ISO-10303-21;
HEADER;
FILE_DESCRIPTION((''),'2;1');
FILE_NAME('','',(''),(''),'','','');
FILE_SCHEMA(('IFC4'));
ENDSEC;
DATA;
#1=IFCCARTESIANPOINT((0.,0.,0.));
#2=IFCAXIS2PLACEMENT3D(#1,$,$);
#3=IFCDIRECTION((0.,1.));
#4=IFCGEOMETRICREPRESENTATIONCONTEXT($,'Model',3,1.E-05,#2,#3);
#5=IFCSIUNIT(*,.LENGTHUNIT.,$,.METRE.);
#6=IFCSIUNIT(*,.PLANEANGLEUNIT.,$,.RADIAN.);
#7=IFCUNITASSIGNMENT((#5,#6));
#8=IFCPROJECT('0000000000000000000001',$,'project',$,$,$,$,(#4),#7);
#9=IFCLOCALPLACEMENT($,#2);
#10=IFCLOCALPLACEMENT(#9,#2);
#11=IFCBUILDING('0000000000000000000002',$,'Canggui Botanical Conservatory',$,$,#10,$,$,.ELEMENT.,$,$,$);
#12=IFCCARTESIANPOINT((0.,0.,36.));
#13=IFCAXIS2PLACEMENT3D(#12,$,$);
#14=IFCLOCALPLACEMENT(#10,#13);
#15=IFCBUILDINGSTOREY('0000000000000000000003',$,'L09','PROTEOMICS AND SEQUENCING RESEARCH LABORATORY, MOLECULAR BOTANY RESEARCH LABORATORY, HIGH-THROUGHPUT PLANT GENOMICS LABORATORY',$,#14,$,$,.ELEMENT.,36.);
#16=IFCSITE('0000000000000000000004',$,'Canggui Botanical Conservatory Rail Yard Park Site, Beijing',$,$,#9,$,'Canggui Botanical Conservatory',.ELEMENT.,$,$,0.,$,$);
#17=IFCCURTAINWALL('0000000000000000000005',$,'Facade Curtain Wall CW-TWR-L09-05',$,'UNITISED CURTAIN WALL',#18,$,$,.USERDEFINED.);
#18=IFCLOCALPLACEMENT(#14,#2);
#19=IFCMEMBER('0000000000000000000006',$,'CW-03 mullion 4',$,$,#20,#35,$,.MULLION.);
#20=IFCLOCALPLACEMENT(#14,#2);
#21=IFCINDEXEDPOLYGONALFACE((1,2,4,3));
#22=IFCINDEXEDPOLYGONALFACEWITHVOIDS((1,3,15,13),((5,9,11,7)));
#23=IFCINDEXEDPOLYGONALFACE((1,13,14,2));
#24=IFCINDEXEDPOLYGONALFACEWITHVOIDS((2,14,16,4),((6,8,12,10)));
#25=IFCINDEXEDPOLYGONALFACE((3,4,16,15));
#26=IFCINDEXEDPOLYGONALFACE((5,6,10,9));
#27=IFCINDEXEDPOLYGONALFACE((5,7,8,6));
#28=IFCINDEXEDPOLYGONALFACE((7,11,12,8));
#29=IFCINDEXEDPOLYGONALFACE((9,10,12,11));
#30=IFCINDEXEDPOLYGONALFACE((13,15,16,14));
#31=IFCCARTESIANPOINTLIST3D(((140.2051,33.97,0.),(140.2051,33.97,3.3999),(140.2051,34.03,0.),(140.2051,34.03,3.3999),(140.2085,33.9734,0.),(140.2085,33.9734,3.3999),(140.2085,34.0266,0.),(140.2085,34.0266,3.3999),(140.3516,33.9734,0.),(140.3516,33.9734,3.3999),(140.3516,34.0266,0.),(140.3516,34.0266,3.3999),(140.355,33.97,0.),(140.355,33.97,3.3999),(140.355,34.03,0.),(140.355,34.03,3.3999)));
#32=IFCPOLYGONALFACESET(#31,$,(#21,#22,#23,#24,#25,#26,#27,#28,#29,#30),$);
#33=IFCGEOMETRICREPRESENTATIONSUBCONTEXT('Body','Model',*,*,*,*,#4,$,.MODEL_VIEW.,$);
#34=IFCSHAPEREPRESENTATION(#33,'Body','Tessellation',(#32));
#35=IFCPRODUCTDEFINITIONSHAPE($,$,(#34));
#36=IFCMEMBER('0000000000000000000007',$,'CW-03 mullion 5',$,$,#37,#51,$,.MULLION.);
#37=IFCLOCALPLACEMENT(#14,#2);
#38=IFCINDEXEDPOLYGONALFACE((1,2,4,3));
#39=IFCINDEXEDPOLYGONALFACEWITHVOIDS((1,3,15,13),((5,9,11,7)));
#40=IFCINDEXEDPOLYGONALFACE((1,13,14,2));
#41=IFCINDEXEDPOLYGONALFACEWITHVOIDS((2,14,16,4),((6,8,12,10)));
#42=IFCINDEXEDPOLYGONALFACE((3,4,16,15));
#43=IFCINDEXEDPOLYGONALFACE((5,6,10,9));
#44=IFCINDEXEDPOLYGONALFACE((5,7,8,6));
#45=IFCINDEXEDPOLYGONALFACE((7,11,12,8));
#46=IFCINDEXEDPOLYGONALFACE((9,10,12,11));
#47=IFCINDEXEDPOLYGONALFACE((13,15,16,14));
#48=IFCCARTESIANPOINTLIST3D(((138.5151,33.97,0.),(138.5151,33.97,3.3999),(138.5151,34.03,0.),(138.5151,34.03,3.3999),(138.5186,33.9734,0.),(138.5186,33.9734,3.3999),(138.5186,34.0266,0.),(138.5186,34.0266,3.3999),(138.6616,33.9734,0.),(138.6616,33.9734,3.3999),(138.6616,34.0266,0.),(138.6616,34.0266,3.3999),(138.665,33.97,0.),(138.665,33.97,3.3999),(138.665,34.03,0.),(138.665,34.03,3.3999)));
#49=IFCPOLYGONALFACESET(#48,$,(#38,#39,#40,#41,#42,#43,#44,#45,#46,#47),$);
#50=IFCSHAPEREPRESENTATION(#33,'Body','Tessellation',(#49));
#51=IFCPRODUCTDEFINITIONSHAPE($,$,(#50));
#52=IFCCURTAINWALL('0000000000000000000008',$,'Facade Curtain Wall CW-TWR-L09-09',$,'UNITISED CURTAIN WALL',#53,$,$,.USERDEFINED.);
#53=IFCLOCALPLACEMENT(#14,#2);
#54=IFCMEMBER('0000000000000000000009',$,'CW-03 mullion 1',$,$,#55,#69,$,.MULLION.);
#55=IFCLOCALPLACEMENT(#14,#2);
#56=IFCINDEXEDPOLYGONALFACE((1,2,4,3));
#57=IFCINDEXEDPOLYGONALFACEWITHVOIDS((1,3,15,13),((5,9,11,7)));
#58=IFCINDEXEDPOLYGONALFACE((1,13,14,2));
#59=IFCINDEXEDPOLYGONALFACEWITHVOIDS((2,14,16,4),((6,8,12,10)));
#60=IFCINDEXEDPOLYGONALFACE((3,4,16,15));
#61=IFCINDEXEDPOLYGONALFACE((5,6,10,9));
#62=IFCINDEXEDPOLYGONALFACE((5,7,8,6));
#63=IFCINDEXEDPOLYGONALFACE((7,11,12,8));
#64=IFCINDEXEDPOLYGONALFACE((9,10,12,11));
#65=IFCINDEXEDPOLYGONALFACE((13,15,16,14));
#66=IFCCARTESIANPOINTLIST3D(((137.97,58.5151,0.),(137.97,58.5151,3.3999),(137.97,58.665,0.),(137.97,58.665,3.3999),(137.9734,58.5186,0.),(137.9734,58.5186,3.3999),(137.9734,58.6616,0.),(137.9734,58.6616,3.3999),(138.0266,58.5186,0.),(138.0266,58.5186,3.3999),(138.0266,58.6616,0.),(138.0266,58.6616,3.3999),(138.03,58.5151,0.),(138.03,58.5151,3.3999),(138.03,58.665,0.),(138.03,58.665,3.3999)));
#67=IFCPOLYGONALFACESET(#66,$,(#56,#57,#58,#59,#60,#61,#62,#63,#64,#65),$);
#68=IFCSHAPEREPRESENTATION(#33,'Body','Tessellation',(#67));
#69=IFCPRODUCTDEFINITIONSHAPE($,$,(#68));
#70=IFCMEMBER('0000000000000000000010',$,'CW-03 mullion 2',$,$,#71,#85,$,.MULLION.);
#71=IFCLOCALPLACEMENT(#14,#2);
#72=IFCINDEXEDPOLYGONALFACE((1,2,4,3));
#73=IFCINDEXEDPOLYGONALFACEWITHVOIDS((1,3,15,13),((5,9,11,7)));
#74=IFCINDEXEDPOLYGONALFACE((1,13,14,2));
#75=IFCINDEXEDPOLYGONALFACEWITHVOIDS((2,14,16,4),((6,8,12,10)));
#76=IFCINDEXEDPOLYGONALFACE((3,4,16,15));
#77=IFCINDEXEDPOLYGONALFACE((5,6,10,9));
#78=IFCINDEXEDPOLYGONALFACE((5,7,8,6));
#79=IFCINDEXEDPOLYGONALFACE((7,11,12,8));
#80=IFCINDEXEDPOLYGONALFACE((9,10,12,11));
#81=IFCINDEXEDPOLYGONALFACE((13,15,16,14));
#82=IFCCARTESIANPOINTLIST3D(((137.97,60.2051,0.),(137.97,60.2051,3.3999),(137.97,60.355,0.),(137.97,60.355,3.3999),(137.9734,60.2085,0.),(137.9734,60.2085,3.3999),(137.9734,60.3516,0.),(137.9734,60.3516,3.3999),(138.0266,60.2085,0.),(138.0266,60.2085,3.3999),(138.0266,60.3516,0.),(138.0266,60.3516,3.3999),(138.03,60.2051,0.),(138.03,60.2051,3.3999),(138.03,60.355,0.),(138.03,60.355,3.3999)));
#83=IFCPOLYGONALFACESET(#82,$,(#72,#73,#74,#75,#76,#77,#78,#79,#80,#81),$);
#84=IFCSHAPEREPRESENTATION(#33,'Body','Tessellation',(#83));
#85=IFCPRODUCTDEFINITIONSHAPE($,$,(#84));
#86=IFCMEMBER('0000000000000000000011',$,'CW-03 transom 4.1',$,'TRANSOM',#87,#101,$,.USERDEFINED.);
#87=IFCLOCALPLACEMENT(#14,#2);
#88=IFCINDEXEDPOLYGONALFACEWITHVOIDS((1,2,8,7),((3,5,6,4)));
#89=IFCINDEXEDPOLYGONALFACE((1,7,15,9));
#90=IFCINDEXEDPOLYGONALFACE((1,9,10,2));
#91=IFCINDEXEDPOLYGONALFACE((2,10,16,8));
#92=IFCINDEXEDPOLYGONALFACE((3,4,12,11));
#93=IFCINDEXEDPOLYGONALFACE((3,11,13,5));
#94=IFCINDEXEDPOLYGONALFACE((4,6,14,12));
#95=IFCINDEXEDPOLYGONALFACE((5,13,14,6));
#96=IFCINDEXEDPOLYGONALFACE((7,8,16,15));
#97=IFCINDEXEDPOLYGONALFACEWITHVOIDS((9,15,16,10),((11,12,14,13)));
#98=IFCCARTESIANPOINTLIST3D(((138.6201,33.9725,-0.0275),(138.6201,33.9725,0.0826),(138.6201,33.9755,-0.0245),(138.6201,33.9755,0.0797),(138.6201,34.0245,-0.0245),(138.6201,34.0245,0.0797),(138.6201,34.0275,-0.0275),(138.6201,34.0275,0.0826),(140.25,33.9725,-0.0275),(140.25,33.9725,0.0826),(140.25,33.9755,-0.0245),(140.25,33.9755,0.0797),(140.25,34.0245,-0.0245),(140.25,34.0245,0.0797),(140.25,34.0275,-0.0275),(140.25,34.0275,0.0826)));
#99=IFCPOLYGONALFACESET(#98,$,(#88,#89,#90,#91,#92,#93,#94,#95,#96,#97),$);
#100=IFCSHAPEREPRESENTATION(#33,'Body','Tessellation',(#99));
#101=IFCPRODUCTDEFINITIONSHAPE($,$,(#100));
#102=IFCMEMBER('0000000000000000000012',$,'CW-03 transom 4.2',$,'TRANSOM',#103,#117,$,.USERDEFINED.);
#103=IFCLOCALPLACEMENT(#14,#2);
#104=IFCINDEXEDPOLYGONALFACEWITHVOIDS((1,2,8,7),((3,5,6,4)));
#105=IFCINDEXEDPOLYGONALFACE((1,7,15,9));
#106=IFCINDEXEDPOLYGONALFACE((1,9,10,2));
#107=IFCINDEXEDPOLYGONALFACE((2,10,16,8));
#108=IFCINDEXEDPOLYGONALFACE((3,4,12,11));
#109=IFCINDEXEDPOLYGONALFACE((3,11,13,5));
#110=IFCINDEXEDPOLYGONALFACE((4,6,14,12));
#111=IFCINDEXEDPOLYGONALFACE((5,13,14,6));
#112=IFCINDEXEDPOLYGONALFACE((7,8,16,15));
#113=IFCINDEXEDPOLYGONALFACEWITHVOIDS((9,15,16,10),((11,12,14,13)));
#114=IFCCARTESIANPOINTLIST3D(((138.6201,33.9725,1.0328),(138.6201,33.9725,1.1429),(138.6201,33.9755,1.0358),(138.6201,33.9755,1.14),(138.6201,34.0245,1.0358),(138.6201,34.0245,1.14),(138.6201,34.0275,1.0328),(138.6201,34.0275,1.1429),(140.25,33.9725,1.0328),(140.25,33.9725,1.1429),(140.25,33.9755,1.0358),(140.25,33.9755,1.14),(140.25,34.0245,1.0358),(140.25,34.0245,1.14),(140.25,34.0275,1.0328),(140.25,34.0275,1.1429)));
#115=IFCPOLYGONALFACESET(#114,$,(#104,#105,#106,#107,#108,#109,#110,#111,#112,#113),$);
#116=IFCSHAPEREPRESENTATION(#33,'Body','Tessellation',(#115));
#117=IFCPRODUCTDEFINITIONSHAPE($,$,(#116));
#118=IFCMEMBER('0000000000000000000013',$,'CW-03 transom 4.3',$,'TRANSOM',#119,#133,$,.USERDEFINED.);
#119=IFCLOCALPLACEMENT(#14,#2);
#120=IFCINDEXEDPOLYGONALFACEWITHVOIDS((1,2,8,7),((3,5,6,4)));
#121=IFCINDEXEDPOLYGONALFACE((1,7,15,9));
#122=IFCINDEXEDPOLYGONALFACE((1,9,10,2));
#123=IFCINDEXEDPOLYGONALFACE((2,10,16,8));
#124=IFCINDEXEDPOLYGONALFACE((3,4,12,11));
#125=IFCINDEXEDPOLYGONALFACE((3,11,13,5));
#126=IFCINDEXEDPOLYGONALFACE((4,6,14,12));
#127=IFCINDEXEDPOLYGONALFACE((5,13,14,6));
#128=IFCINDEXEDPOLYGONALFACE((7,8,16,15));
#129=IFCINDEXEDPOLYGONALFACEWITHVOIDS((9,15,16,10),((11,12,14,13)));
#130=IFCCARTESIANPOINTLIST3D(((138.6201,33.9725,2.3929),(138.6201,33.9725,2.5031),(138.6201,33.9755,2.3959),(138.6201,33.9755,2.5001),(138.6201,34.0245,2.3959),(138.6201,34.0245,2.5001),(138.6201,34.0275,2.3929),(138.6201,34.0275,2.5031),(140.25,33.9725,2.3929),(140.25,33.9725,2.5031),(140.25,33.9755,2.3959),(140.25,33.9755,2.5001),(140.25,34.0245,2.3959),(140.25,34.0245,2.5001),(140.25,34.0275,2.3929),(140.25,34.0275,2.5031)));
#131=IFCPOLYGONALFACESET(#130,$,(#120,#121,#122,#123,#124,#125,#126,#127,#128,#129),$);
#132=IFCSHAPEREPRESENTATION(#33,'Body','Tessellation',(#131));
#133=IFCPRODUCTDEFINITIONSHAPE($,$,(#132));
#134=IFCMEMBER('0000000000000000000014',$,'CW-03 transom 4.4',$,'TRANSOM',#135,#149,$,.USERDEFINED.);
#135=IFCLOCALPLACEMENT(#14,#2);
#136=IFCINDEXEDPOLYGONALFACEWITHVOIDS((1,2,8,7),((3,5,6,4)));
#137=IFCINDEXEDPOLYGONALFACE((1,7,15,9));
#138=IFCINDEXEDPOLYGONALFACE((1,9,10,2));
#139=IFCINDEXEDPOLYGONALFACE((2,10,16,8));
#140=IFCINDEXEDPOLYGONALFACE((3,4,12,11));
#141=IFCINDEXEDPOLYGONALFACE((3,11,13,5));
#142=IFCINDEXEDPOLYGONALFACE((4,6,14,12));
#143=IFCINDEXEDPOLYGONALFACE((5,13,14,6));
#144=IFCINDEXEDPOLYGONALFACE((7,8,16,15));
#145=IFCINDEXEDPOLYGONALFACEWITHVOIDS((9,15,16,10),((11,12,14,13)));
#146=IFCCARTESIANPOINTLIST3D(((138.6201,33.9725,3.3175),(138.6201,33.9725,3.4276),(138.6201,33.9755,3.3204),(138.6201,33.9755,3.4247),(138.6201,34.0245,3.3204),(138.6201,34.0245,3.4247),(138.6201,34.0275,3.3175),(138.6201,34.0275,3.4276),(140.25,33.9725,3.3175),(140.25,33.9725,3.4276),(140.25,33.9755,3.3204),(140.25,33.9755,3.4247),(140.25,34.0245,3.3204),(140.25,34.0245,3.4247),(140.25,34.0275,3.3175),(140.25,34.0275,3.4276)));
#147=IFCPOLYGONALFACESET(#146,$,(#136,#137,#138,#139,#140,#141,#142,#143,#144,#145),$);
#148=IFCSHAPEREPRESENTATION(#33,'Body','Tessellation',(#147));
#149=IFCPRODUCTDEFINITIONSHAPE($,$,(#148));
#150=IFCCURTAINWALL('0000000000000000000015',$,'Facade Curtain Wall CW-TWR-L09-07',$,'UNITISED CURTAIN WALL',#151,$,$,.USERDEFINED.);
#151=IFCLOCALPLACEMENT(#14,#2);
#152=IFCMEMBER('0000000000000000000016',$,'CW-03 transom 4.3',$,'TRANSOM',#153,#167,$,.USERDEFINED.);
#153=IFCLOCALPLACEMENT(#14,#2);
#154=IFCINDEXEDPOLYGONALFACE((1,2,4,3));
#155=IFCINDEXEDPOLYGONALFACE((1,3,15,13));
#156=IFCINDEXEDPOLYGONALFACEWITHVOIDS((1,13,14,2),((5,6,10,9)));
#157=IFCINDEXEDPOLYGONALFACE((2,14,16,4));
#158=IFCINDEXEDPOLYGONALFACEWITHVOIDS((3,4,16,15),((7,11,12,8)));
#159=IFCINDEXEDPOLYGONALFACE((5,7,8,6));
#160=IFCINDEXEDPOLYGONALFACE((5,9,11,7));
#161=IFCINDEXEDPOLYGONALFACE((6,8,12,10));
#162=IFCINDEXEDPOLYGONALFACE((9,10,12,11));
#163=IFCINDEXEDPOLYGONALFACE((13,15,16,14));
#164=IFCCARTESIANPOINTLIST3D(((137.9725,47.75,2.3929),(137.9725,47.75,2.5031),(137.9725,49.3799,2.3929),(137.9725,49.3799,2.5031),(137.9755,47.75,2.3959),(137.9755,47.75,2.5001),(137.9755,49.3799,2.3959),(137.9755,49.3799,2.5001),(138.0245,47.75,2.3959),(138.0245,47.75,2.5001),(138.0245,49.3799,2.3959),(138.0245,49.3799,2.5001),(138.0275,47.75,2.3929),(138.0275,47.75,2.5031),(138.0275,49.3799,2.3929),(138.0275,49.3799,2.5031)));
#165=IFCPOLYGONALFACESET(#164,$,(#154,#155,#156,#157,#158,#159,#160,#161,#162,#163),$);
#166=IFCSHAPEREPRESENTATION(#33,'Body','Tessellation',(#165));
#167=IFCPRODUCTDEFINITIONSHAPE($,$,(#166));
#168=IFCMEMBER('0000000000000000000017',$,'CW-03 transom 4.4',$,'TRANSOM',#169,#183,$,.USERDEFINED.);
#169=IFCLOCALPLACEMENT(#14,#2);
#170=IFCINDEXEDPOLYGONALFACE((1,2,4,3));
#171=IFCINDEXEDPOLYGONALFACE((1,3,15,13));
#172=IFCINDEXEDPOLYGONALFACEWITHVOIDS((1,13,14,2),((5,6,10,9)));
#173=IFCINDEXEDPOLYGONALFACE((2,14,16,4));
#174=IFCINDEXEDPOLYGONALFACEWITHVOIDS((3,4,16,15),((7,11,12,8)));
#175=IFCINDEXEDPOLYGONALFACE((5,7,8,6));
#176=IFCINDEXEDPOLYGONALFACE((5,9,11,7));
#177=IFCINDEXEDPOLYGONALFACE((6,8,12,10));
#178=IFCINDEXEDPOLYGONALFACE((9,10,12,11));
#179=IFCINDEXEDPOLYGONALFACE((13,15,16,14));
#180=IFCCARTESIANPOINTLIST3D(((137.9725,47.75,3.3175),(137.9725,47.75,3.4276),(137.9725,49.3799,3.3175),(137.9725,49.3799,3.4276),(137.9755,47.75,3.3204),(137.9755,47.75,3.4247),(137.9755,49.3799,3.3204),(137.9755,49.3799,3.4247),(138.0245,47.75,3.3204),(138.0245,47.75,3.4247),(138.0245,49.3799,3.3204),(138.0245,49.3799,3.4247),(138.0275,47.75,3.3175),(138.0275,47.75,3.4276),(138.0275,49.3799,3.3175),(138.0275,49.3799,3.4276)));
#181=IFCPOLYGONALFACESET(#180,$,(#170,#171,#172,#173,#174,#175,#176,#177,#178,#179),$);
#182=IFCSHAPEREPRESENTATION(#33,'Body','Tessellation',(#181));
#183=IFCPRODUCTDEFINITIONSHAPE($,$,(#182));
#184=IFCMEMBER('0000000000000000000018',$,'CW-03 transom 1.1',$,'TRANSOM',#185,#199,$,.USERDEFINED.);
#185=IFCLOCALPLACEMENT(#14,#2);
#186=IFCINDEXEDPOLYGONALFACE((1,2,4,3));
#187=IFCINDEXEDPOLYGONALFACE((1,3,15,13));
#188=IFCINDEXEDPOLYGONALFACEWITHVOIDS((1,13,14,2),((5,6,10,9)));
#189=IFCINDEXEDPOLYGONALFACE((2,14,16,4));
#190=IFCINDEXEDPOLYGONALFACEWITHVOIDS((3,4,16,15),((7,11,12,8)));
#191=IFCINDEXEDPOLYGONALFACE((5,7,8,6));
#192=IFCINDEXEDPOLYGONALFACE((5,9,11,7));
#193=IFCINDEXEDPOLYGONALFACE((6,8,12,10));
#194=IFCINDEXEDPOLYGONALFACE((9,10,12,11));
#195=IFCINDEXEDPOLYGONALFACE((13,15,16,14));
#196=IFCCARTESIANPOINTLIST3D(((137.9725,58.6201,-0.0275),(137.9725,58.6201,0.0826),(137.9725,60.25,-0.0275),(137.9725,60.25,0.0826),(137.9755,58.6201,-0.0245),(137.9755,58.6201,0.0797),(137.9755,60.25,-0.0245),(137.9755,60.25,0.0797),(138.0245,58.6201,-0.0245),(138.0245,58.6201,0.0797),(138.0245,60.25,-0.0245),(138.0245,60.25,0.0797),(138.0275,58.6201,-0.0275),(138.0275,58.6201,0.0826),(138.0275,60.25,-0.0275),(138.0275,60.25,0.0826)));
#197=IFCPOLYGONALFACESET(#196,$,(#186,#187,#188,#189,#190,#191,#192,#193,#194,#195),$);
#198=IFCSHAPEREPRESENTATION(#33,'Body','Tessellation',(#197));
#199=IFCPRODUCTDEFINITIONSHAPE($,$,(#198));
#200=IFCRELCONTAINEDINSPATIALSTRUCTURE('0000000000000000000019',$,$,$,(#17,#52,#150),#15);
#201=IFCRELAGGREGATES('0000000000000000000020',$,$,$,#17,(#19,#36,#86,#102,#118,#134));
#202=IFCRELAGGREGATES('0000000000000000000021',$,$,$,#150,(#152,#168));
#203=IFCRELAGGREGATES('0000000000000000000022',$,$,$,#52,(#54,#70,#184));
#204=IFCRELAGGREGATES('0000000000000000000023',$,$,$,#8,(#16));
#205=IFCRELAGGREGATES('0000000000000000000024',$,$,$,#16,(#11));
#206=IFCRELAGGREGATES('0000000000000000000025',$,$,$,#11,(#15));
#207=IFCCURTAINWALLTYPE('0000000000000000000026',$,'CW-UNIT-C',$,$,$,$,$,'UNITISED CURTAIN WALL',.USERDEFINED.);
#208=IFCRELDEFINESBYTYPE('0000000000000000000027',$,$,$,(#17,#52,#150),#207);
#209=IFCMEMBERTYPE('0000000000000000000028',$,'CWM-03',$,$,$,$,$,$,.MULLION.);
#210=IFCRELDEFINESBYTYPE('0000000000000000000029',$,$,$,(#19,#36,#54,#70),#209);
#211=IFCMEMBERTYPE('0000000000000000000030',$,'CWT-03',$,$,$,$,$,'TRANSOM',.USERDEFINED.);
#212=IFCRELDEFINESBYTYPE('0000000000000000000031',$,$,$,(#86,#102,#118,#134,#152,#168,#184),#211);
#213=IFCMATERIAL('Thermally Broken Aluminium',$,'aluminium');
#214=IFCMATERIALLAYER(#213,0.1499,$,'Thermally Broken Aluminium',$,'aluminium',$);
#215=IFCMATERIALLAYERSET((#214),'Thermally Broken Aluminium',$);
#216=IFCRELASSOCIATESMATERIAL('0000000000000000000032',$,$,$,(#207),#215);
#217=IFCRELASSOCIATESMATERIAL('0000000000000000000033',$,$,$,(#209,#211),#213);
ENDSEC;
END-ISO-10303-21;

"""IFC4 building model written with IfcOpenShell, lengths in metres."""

from ifc_helpers import new_model, si_unit, direction, frame, origin, origin_2d, place, context, subcontext, project, spatial, hollow_rectangle, extrude, material, layer, layer_set, material_profile, profile_set, type_object, element, aggregate, save


model = new_model("IFC4")

# Units and contexts
model_context = context("Model", 3, precision=1e-05, world=origin(), true_north=direction((0.0, 1.0)))
body_context = subcontext(model_context, "Body", "Model", "MODEL_VIEW")
ifc_project = project(units=[si_unit("LENGTHUNIT", "METRE"), si_unit("PLANEANGLEUNIT", "RADIAN")], contexts=[model_context])

# Site, building, storey
site_placement = place(None, origin())
site = spatial("IfcSite", under=ifc_project, at=site_placement, Name="Canggui Botanical Conservatory Rail Yard Park Site, Beijing", LongName="Canggui Botanical Conservatory", CompositionType="ELEMENT", RefElevation=0.0)
building_placement = place(site_placement, origin())
building = spatial("IfcBuilding", under=site, at=building_placement, Name="Canggui Botanical Conservatory", CompositionType="ELEMENT")
storey_placement = place(building_placement, frame((0.0, 0.0, 36.0)))
storey = spatial("IfcBuildingStorey", under=building, at=storey_placement, Name="L09", Description="PROTEOMICS AND SEQUENCING RESEARCH LABORATORY, MOLECULAR BOTANY RESEARCH LABORATORY, HIGH-THROUGHPUT PLANT GENOMICS LABORATORY", CompositionType="ELEMENT", Elevation=36.0)

# Curtain walls, members
ifc_material_1 = material(Name="Thermally Broken Aluminium", Category="aluminium")
ifc_layer_1 = layer(ifc_material_1, 0.1499, Name="Thermally Broken Aluminium", Category="aluminium")
ifc_layer_set_1 = layer_set([ifc_layer_1], Name="Thermally Broken Aluminium")
curtain_wall_type = type_object("IfcCurtainWallType", Name="CW-UNIT-C", ElementType="UNITISED CURTAIN WALL", PredefinedType="USERDEFINED", material=ifc_layer_set_1)
curtain_wall_1_placement = place(storey_placement, origin())
curtain_wall_1 = element("IfcCurtainWall", 1, at=curtain_wall_1_placement, inside=storey, type_object=curtain_wall_type, Name="Facade Curtain Wall CW-TWR-L09-05", ObjectType="UNITISED CURTAIN WALL", PredefinedType="USERDEFINED")
ifc_material_profile_1 = material_profile(ifc_material_1, hollow_rectangle(XDim=0.0601, YDim=0.1499, WallThickness=0.0034, at=origin_2d()), Name="CWM 60x150x3.5")
ifc_profile_set_1 = profile_set([ifc_material_profile_1], Name="Thermally Broken Aluminium")
member_type_1 = type_object("IfcMemberType", Name="CWM-03", PredefinedType="MULLION", material=ifc_profile_set_1)
member_1_placement = place(storey_placement, frame((140.28, 34.0, 0.0), z_axis=(0.0, 0.0, 1.0), x_axis=(0.0, -1.0, 0.0)))
member_1 = element("IfcMember", 2, at=member_1_placement, type_object=member_type_1, Name="CW-03 mullion 4", PredefinedType="MULLION", context=body_context, shape_type="SweptSolid", body=[
    extrude(hollow_rectangle(XDim=0.0601, YDim=0.1499, WallThickness=0.0034, at=origin_2d()), origin(), (0.0, 0.0, 1.0), 3.3999),
])
member_2_placement = place(storey_placement, frame((138.5901, 34.0, 0.0), z_axis=(0.0, 0.0, 1.0), x_axis=(0.0, -1.0, 0.0)))
member_2 = element("IfcMember", 3, at=member_2_placement, type_object=member_type_1, Name="CW-03 mullion 5", PredefinedType="MULLION", context=body_context, shape_type="SweptSolid", body=[
    extrude(hollow_rectangle(XDim=0.0601, YDim=0.1499, WallThickness=0.0034, at=origin_2d()), origin(), (0.0, 0.0, 1.0), 3.3999),
])
curtain_wall_2_placement = place(storey_placement, origin())
curtain_wall_2 = element("IfcCurtainWall", 4, at=curtain_wall_2_placement, inside=storey, type_object=curtain_wall_type, Name="Facade Curtain Wall CW-TWR-L09-09", ObjectType="UNITISED CURTAIN WALL", PredefinedType="USERDEFINED")
member_3_placement = place(storey_placement, frame((138.0, 58.5901, 0.0), z_axis=(0.0, 0.0, 1.0), x_axis=(-1.0, 0.0, 0.0)))
member_3 = element("IfcMember", 5, at=member_3_placement, type_object=member_type_1, Name="CW-03 mullion 1", PredefinedType="MULLION", context=body_context, shape_type="SweptSolid", body=[
    extrude(hollow_rectangle(XDim=0.0601, YDim=0.1499, WallThickness=0.0034, at=origin_2d()), origin(), (0.0, 0.0, 1.0), 3.3999),
])
member_4_placement = place(storey_placement, frame((138.0, 60.28, 0.0), z_axis=(0.0, 0.0, 1.0), x_axis=(-1.0, 0.0, 0.0)))
member_4 = element("IfcMember", 6, at=member_4_placement, type_object=member_type_1, Name="CW-03 mullion 2", PredefinedType="MULLION", context=body_context, shape_type="SweptSolid", body=[
    extrude(hollow_rectangle(XDim=0.0601, YDim=0.1499, WallThickness=0.0034, at=origin_2d()), origin(), (0.0, 0.0, 1.0), 3.3999),
])

# Members
ifc_material_profile_2 = material_profile(ifc_material_1, hollow_rectangle(XDim=0.0549, YDim=0.1101, WallThickness=0.0029, at=origin_2d()), Name="CWT 55x110x3")
ifc_profile_set_2 = profile_set([ifc_material_profile_2], Name="Thermally Broken Aluminium")
member_type_2 = type_object("IfcMemberType", Name="CWT-03", ElementType="TRANSOM", PredefinedType="USERDEFINED", material=ifc_profile_set_2)
member_5_placement = place(storey_placement, frame((140.25, 34.0, 0.0276), z_axis=(-1.0, 0.0, 0.0), x_axis=(0.0, -1.0, 0.0)))
member_5 = element("IfcMember", 7, at=member_5_placement, type_object=member_type_2, Name="CW-03 transom 4.1", ObjectType="TRANSOM", PredefinedType="USERDEFINED", context=body_context, shape_type="SweptSolid", body=[
    extrude(hollow_rectangle(XDim=0.0549, YDim=0.1101, WallThickness=0.0029, at=origin_2d()), origin(), (0.0, 0.0, 1.0), 1.6299),
])
member_6_placement = place(storey_placement, frame((140.25, 34.0, 1.0879), z_axis=(-1.0, 0.0, 0.0), x_axis=(0.0, -1.0, 0.0)))
member_6 = element("IfcMember", 8, at=member_6_placement, type_object=member_type_2, Name="CW-03 transom 4.2", ObjectType="TRANSOM", PredefinedType="USERDEFINED", context=body_context, shape_type="SweptSolid", body=[
    extrude(hollow_rectangle(XDim=0.0549, YDim=0.1101, WallThickness=0.0029, at=origin_2d()), origin(), (0.0, 0.0, 1.0), 1.6299),
])
member_7_placement = place(storey_placement, frame((140.25, 34.0, 2.448), z_axis=(-1.0, 0.0, 0.0), x_axis=(0.0, -1.0, 0.0)))
member_7 = element("IfcMember", 9, at=member_7_placement, type_object=member_type_2, Name="CW-03 transom 4.3", ObjectType="TRANSOM", PredefinedType="USERDEFINED", context=body_context, shape_type="SweptSolid", body=[
    extrude(hollow_rectangle(XDim=0.0549, YDim=0.1101, WallThickness=0.0029, at=origin_2d()), origin(), (0.0, 0.0, 1.0), 1.6299),
])
member_8_placement = place(storey_placement, frame((140.25, 34.0, 3.3726), z_axis=(-1.0, 0.0, 0.0), x_axis=(0.0, -1.0, 0.0)))
member_8 = element("IfcMember", 10, at=member_8_placement, type_object=member_type_2, Name="CW-03 transom 4.4", ObjectType="TRANSOM", PredefinedType="USERDEFINED", context=body_context, shape_type="SweptSolid", body=[
    extrude(hollow_rectangle(XDim=0.0549, YDim=0.1101, WallThickness=0.0029, at=origin_2d()), origin(), (0.0, 0.0, 1.0), 1.6299),
])

# Curtain wall, members
curtain_wall_3_placement = place(storey_placement, origin())
curtain_wall_3 = element("IfcCurtainWall", 11, at=curtain_wall_3_placement, inside=storey, type_object=curtain_wall_type, Name="Facade Curtain Wall CW-TWR-L09-07", ObjectType="UNITISED CURTAIN WALL", PredefinedType="USERDEFINED")
member_9_placement = place(storey_placement, frame((138.0, 47.75, 2.448), z_axis=(0.0, 1.0, 0.0), x_axis=(-1.0, 0.0, 0.0)))
member_9 = element("IfcMember", 12, at=member_9_placement, type_object=member_type_2, Name="CW-03 transom 4.3", ObjectType="TRANSOM", PredefinedType="USERDEFINED", context=body_context, shape_type="SweptSolid", body=[
    extrude(hollow_rectangle(XDim=0.0549, YDim=0.1101, WallThickness=0.0029, at=origin_2d()), origin(), (0.0, 0.0, 1.0), 1.6299),
])
member_10_placement = place(storey_placement, frame((138.0, 47.75, 3.3726), z_axis=(0.0, 1.0, 0.0), x_axis=(-1.0, 0.0, 0.0)))
member_10 = element("IfcMember", 13, at=member_10_placement, type_object=member_type_2, Name="CW-03 transom 4.4", ObjectType="TRANSOM", PredefinedType="USERDEFINED", context=body_context, shape_type="SweptSolid", body=[
    extrude(hollow_rectangle(XDim=0.0549, YDim=0.1101, WallThickness=0.0029, at=origin_2d()), origin(), (0.0, 0.0, 1.0), 1.6299),
])

# Member
member_11_placement = place(storey_placement, frame((138.0, 58.6201, 0.0276), z_axis=(0.0, 1.0, 0.0), x_axis=(-1.0, 0.0, 0.0)))
member_11 = element("IfcMember", 14, at=member_11_placement, type_object=member_type_2, Name="CW-03 transom 1.1", ObjectType="TRANSOM", PredefinedType="USERDEFINED", context=body_context, shape_type="SweptSolid", body=[
    extrude(hollow_rectangle(XDim=0.0549, YDim=0.1101, WallThickness=0.0029, at=origin_2d()), origin(), (0.0, 0.0, 1.0), 1.6299),
])

aggregate(curtain_wall_1, [member_1, member_2, member_5, member_6, member_7, member_8])
aggregate(curtain_wall_3, [member_9, member_10])
aggregate(curtain_wall_2, [member_3, member_4, member_11])

save(model, "model.ifc")
